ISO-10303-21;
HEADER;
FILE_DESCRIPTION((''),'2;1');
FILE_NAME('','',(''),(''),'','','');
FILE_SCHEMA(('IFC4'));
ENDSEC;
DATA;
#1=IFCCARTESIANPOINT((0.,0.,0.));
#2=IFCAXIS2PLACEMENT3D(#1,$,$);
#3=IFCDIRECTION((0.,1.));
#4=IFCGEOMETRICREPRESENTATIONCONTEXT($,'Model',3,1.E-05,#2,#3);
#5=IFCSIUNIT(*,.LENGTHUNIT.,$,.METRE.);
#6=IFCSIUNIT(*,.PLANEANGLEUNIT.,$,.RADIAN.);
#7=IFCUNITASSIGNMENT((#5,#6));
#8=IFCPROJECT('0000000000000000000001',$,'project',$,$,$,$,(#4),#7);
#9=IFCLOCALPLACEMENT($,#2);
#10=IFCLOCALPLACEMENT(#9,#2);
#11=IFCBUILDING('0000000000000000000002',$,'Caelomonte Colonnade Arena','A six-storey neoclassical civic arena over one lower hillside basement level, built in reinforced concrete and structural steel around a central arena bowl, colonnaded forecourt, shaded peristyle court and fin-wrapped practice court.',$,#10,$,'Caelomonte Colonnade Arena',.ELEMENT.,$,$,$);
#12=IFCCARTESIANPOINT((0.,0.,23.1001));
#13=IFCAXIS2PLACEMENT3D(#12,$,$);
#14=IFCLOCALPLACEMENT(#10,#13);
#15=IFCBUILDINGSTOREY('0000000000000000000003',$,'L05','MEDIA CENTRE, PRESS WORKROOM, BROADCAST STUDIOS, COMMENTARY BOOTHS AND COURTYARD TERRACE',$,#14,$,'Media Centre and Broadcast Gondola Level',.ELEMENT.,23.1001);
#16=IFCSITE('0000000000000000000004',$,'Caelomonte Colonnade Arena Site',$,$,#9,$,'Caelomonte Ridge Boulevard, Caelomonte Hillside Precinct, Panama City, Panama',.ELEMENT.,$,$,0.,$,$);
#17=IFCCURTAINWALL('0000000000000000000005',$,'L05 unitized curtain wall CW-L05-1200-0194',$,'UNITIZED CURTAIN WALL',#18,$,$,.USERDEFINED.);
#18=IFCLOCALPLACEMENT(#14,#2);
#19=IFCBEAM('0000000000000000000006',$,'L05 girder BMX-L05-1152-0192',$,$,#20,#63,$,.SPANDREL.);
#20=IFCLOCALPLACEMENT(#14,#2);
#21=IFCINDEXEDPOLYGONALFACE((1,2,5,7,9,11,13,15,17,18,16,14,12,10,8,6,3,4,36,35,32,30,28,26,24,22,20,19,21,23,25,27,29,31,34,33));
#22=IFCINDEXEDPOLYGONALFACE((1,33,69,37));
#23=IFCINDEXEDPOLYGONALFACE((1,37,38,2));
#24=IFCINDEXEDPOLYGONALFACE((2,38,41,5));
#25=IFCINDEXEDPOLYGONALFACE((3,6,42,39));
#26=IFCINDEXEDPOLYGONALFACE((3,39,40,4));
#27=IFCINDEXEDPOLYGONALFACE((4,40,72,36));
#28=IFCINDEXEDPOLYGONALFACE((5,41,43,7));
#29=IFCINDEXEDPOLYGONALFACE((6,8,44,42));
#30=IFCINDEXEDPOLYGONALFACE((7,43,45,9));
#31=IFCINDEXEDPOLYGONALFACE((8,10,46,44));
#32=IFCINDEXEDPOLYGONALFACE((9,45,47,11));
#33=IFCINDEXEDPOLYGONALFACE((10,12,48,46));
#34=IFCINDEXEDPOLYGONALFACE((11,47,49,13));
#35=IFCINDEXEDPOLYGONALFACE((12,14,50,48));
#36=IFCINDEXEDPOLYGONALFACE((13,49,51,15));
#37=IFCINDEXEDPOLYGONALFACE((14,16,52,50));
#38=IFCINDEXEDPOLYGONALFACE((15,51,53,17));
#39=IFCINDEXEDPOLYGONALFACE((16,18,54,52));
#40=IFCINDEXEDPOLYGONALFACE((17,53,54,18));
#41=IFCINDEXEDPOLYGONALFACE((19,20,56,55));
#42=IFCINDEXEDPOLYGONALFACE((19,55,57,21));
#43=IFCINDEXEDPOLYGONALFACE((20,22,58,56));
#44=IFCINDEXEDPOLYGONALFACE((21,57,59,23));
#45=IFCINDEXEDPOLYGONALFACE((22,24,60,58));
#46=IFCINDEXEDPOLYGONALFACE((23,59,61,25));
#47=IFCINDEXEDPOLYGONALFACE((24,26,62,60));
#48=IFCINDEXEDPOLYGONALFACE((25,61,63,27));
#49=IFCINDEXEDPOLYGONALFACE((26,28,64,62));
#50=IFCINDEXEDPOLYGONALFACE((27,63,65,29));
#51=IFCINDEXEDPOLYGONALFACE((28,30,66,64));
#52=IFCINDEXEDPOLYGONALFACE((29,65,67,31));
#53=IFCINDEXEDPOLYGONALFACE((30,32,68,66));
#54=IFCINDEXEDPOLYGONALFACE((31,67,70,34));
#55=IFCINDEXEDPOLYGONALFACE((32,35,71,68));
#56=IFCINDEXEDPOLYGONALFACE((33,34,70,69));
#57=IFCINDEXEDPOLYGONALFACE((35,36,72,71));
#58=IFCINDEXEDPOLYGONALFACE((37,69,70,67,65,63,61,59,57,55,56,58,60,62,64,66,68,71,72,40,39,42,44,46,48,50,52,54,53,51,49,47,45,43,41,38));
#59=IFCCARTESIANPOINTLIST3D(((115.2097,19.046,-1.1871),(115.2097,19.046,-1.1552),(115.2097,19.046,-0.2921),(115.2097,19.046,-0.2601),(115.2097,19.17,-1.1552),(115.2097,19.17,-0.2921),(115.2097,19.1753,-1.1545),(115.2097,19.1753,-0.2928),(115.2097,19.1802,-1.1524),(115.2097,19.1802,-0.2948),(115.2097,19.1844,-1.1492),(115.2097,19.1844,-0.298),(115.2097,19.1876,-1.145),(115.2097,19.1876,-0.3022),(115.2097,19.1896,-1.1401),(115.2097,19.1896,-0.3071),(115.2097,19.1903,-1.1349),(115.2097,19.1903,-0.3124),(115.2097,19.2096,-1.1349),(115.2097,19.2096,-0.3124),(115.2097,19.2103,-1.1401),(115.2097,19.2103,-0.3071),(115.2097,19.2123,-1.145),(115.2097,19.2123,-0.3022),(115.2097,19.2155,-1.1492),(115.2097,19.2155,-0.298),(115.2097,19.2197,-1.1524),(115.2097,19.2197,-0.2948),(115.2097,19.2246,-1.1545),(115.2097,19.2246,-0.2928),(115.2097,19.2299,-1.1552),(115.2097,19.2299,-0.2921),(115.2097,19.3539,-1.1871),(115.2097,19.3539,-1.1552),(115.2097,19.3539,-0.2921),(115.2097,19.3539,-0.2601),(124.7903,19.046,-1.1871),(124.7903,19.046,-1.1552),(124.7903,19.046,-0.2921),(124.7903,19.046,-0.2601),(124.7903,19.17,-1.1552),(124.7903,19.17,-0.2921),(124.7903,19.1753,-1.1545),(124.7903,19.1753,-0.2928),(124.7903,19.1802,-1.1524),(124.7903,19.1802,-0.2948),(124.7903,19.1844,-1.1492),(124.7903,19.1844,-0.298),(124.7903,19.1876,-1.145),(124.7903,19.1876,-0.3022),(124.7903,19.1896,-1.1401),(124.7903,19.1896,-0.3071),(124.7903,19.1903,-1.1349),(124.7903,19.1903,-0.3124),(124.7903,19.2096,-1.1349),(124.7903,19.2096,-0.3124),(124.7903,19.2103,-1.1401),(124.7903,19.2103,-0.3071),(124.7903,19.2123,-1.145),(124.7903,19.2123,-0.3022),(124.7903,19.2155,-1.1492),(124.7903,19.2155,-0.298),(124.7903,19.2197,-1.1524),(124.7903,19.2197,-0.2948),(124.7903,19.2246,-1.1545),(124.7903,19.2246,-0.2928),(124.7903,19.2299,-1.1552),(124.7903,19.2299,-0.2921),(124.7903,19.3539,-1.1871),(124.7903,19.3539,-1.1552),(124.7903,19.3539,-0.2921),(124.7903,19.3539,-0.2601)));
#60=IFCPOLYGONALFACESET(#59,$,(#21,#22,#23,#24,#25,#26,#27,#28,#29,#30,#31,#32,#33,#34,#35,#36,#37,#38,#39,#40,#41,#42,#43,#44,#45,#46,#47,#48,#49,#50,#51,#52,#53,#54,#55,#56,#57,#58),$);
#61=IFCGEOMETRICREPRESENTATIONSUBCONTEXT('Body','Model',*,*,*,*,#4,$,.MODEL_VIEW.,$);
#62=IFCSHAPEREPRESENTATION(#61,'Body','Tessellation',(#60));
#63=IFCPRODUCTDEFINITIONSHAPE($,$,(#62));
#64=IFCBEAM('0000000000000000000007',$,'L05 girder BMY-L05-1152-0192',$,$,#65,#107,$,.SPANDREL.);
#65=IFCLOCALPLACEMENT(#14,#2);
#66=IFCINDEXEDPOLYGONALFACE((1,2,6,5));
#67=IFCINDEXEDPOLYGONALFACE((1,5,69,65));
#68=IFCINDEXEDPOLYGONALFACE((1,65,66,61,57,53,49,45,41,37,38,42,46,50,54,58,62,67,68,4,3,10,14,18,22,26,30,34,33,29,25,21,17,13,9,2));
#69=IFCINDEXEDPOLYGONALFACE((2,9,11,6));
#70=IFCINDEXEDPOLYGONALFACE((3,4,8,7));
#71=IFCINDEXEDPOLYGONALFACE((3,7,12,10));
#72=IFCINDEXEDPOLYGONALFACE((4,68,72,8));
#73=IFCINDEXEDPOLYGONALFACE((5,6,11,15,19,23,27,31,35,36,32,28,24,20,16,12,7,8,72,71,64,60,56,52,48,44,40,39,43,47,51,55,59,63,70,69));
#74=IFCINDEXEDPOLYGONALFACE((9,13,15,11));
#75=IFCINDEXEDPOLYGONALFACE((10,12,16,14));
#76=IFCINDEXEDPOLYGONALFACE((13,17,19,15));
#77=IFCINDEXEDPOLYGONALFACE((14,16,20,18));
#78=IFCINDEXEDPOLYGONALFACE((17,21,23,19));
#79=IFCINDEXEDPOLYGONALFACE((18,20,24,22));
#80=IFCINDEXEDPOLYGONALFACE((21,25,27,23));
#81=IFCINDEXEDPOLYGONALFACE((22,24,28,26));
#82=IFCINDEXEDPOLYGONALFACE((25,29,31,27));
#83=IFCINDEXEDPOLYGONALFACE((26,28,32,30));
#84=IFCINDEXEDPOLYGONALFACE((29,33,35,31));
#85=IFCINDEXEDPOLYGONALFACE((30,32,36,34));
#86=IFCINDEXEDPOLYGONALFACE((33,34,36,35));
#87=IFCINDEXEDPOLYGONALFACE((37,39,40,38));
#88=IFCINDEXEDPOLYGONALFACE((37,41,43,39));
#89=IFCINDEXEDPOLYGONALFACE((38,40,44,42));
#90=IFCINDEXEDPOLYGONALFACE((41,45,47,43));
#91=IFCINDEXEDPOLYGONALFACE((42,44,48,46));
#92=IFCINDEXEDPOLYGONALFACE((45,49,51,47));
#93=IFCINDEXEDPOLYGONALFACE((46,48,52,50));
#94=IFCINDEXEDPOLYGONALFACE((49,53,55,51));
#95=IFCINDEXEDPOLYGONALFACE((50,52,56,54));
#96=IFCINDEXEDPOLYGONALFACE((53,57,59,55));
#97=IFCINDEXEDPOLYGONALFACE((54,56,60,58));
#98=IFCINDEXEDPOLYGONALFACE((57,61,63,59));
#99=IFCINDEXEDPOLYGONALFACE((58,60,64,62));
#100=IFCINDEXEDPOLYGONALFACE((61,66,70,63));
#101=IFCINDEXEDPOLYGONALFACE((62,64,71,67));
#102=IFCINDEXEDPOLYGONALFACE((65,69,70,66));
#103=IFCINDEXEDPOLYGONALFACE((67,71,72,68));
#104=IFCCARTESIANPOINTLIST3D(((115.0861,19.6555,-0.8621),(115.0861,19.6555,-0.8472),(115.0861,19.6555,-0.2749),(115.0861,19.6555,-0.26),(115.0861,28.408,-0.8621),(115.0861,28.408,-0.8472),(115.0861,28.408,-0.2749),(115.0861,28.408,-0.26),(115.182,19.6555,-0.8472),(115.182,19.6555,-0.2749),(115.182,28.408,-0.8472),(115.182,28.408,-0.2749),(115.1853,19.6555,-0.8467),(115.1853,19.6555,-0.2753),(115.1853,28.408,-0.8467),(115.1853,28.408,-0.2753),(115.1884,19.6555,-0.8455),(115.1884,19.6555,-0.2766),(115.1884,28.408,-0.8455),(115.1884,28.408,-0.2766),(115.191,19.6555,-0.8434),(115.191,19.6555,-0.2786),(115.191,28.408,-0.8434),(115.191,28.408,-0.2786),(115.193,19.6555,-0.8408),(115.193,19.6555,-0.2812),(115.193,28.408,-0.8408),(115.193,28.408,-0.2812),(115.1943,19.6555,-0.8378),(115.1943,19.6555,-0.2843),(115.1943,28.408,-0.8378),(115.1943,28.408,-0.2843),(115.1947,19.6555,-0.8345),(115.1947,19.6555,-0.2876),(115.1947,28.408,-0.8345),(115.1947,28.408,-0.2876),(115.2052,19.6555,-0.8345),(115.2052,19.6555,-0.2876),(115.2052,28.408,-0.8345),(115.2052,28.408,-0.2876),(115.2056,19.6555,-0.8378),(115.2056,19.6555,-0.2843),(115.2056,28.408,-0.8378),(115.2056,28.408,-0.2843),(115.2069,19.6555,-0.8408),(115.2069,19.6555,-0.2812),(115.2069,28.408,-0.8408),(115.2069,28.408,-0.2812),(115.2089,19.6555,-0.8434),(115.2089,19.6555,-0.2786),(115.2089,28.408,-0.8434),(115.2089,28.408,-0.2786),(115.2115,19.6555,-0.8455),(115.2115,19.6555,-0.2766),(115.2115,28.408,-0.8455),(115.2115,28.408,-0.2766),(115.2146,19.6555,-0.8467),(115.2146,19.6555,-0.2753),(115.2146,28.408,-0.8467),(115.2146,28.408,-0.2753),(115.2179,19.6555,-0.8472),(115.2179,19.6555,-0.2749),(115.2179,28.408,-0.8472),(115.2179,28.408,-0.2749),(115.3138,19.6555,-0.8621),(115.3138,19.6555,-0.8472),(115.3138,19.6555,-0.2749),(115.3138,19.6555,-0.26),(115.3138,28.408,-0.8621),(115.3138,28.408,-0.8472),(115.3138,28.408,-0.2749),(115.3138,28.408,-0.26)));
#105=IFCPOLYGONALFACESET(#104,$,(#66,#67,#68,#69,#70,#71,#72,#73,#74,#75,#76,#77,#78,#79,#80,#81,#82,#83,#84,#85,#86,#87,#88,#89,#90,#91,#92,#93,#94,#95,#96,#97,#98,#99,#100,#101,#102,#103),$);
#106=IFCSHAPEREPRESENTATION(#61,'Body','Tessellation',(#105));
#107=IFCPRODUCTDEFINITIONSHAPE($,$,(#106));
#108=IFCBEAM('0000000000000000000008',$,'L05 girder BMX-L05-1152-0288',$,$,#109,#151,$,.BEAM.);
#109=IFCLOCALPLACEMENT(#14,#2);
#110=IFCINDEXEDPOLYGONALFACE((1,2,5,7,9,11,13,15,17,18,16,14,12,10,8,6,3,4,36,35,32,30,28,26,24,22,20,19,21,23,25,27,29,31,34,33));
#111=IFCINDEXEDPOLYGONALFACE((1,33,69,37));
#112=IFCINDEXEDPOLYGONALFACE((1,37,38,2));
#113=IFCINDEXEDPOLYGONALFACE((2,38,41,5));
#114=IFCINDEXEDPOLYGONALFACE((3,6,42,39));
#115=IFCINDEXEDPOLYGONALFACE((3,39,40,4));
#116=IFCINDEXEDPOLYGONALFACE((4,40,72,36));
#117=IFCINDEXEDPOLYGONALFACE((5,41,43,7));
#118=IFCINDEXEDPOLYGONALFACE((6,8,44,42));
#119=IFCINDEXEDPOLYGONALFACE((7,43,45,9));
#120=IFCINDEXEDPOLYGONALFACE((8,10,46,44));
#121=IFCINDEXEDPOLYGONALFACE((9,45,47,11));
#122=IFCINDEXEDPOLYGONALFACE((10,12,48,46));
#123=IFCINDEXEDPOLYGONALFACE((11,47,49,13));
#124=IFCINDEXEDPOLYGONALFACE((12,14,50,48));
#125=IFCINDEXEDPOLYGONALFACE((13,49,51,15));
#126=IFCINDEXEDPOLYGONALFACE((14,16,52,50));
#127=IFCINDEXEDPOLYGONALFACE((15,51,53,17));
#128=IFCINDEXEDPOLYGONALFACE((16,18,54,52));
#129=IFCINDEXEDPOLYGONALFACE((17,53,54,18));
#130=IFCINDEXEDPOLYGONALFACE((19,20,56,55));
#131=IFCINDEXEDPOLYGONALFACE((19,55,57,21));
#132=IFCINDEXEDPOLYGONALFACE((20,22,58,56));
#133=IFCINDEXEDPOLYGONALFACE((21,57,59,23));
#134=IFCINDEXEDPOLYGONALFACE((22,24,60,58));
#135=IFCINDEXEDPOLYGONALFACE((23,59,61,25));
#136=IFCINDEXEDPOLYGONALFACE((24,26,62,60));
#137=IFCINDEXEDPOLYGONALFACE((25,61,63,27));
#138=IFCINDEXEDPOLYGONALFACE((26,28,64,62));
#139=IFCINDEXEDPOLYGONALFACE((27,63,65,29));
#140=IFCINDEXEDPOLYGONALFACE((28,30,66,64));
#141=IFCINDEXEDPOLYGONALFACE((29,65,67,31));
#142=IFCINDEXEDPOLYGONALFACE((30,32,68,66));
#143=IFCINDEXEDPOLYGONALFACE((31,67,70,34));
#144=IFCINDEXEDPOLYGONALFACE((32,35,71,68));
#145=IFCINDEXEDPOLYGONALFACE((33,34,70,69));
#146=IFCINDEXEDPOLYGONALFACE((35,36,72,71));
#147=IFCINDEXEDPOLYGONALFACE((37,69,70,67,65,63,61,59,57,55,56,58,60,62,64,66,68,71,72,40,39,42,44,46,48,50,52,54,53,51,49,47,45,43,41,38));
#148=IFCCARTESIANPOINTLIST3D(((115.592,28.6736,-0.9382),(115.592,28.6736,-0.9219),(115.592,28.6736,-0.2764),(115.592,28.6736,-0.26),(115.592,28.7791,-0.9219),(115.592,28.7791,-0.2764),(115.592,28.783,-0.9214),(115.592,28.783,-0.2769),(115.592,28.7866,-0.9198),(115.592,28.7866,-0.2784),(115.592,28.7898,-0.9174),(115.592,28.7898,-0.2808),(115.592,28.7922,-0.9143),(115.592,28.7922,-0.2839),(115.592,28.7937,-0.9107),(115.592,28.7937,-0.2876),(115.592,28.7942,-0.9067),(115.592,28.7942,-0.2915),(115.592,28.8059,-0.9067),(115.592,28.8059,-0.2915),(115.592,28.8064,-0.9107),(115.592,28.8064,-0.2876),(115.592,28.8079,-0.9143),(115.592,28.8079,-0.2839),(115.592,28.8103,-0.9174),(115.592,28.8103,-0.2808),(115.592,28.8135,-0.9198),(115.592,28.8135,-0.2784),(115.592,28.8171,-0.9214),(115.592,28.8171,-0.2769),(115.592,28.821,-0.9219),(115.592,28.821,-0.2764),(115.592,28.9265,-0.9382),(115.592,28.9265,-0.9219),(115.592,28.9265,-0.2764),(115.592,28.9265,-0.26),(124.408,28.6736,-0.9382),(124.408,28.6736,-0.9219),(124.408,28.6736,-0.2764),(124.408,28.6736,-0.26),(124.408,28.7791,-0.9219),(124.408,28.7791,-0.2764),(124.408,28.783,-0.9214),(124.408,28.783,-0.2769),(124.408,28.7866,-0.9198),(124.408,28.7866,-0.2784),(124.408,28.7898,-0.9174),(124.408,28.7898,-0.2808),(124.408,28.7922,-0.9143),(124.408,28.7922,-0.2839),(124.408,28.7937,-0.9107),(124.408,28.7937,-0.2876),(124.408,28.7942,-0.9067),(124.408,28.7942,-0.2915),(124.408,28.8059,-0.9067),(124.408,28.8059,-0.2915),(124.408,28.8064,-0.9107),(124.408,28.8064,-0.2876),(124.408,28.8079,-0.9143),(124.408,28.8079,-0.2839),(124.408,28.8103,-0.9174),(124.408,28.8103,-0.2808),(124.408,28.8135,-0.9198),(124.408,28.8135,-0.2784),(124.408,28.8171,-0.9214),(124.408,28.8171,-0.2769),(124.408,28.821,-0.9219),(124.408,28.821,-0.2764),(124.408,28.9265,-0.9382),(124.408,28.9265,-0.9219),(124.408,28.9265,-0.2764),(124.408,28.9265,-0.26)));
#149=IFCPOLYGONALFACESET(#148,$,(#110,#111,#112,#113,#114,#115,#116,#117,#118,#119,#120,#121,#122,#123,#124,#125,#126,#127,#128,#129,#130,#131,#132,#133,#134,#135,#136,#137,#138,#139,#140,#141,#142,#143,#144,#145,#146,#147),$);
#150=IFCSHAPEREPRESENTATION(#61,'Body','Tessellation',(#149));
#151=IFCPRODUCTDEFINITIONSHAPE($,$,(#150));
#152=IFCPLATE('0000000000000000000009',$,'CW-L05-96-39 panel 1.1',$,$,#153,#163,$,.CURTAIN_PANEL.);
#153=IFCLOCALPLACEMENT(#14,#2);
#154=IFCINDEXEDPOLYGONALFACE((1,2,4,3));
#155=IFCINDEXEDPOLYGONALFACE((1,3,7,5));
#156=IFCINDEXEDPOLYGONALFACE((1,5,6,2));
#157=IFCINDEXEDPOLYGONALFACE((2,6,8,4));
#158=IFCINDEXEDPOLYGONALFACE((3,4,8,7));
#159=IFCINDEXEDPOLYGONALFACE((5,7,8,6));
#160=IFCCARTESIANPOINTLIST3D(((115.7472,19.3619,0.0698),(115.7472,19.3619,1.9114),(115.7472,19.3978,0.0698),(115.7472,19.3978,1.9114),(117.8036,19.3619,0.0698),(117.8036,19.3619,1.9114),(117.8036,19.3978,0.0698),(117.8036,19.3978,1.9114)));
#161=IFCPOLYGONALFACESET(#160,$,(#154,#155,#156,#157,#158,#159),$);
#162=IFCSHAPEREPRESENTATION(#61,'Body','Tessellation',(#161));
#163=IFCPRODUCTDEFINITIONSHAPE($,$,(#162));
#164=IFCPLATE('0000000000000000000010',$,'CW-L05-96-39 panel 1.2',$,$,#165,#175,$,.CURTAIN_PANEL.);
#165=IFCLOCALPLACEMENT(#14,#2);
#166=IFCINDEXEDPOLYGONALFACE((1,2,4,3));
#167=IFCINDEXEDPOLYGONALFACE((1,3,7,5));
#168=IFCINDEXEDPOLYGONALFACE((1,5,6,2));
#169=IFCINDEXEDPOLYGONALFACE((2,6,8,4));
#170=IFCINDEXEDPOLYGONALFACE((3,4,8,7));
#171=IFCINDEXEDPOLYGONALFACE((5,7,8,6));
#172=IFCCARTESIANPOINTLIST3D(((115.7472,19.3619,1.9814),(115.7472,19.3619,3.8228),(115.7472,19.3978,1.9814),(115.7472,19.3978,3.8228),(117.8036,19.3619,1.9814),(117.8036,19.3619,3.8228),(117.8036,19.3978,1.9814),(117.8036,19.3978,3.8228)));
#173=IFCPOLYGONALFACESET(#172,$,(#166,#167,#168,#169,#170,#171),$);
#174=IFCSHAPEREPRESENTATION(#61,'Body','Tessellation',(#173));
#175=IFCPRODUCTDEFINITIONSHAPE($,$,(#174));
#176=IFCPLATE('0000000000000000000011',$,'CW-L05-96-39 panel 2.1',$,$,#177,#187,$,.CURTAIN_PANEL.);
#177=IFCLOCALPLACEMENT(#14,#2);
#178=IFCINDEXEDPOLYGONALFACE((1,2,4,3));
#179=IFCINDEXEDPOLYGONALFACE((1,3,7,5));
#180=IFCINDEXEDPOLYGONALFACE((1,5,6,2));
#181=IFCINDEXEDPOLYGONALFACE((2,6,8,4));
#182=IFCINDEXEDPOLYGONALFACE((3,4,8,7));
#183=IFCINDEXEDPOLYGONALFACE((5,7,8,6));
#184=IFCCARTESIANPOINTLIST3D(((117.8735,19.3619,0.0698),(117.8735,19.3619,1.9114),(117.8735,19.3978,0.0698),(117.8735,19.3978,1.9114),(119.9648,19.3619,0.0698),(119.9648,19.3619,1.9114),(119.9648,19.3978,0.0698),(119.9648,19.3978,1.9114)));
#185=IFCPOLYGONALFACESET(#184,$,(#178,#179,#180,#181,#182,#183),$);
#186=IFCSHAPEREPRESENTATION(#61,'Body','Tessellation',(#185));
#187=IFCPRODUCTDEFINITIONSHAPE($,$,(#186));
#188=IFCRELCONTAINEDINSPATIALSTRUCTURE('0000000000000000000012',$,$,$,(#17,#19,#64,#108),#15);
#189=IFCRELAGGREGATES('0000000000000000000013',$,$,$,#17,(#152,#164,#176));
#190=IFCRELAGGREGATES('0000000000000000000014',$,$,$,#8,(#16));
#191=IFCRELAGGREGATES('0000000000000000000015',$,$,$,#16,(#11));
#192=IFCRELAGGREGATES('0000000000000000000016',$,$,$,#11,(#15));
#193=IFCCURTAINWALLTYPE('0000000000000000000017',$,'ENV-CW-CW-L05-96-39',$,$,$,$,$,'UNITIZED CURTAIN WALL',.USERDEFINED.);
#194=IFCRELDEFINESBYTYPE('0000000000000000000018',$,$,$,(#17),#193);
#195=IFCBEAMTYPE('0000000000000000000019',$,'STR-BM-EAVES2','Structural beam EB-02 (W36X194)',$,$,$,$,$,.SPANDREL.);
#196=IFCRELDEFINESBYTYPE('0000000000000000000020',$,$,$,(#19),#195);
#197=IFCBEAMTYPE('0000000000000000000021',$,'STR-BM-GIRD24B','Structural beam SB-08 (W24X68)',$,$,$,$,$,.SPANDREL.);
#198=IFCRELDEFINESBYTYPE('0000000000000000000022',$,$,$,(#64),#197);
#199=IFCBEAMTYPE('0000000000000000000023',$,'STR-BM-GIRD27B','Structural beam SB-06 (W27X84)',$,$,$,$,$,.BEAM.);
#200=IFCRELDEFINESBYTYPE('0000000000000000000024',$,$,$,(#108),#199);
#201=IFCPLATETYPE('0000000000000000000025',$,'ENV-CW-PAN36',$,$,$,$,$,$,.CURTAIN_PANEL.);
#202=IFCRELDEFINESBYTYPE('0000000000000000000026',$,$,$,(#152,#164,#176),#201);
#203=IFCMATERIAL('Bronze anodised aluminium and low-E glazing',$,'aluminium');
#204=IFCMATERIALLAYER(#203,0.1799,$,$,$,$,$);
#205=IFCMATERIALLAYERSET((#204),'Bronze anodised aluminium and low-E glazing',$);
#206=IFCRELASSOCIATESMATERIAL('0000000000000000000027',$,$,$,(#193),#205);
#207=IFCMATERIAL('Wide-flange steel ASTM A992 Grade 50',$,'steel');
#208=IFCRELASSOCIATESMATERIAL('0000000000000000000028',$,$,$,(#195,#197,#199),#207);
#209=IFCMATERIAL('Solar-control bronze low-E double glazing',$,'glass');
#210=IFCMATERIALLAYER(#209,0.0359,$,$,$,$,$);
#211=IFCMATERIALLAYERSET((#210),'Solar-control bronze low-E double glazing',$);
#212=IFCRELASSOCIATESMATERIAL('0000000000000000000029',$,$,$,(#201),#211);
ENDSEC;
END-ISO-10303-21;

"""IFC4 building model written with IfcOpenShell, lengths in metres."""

from ifc_helpers import new_model, si_unit, direction, frame, origin, origin_2d, place, context, subcontext, project, spatial, rectangle, i_section, extrude, material, layer, layer_set, material_profile, profile_set, type_object, element, aggregate, save


model = new_model("IFC4")

# Units and contexts
model_context = context("Model", 3, precision=1e-05, world=origin(), true_north=direction((0.0, 1.0)))
body_context = subcontext(model_context, "Body", "Model", "MODEL_VIEW")
ifc_project = project(units=[si_unit("LENGTHUNIT", "METRE"), si_unit("PLANEANGLEUNIT", "RADIAN")], contexts=[model_context])

# Site, building, storey
site_placement = place(None, origin())
site = spatial("IfcSite", under=ifc_project, at=site_placement, Name="Caelomonte Colonnade Arena Site", LongName="Caelomonte Ridge Boulevard, Caelomonte Hillside Precinct, Panama City, Panama", CompositionType="ELEMENT", RefElevation=0.0)
building_placement = place(site_placement, origin())
building = spatial("IfcBuilding", under=site, at=building_placement, Name="Caelomonte Colonnade Arena", Description="A six-storey neoclassical civic arena over one lower hillside basement level, built in reinforced concrete and structural steel around a central arena bowl, colonnaded forecourt, shaded peristyle court and fin-wrapped practice court.", LongName="Caelomonte Colonnade Arena", CompositionType="ELEMENT")
storey_placement = place(building_placement, frame((0.0, 0.0, 23.1001)))
storey = spatial("IfcBuildingStorey", under=building, at=storey_placement, Name="L05", Description="MEDIA CENTRE, PRESS WORKROOM, BROADCAST STUDIOS, COMMENTARY BOOTHS AND COURTYARD TERRACE", LongName="Media Centre and Broadcast Gondola Level", CompositionType="ELEMENT", Elevation=23.1001)

# Shared definitions
ifc_material_1 = material(Name="Wide-flange steel ASTM A992 Grade 50", Category="steel")

# Shared definitions
ifc_material_2 = material(Name="Bronze anodised aluminium and low-E glazing", Category="aluminium")
ifc_layer_1 = layer(ifc_material_2, 0.1799)
ifc_layer_set_1 = layer_set([ifc_layer_1], Name="Bronze anodised aluminium and low-E glazing")
curtain_wall_type = type_object("IfcCurtainWallType", Name="ENV-CW-CW-L05-96-39", ElementType="UNITIZED CURTAIN WALL", PredefinedType="USERDEFINED", material=ifc_layer_set_1)

# Curtain wall
curtain_wall_1_placement = place(storey_placement, origin())
curtain_wall_1 = element("IfcCurtainWall", 1, at=curtain_wall_1_placement, inside=storey, type_object=curtain_wall_type, Name="L05 unitized curtain wall CW-L05-1200-0194", ObjectType="UNITIZED CURTAIN WALL", PredefinedType="USERDEFINED")

# Beams
ifc_material_profile_1 = material_profile(ifc_material_1, i_section(OverallWidth=0.3079, OverallDepth=0.927, WebThickness=0.0193, FlangeThickness=0.032, FilletRadius=0.0203, at=origin_2d()), Name="W36X194")
ifc_profile_set_1 = profile_set([ifc_material_profile_1], Name="Wide-flange steel ASTM A992 Grade 50")
beam_type_1 = type_object("IfcBeamType", Name="STR-BM-EAVES2", Description="Structural beam EB-02 (W36X194)", PredefinedType="SPANDREL", material=ifc_profile_set_1)
beam_1_placement = place(storey_placement, frame((115.2097, 19.2, -0.7236), z_axis=(1.0, 0.0, 0.0), x_axis=(0.0, 1.0, 0.0)))
element("IfcBeam", 2, at=beam_1_placement, inside=storey, type_object=beam_type_1, Name="L05 girder BMX-L05-1152-0192", PredefinedType="SPANDREL", context=body_context, shape_type="SweptSolid", body=[
    extrude(i_section(OverallWidth=0.3079, OverallDepth=0.927, WebThickness=0.0193, FlangeThickness=0.032, FilletRadius=0.0203, at=origin_2d()), origin(), (0.0, 0.0, 1.0), 9.5806),
])
ifc_material_profile_2 = material_profile(ifc_material_1, i_section(OverallWidth=0.2278, OverallDepth=0.6021, WebThickness=0.0105, FlangeThickness=0.0149, FilletRadius=0.0127, at=origin_2d()), Name="W24X68")
ifc_profile_set_2 = profile_set([ifc_material_profile_2], Name="Wide-flange steel ASTM A992 Grade 50")
beam_type_2 = type_object("IfcBeamType", Name="STR-BM-GIRD24B", Description="Structural beam SB-08 (W24X68)", PredefinedType="SPANDREL", material=ifc_profile_set_2)
beam_2_placement = place(storey_placement, frame((115.2, 19.6555, -0.561), z_axis=(0.0, 1.0, 0.0), x_axis=(-1.0, 0.0, 0.0)))
element("IfcBeam", 3, at=beam_2_placement, inside=storey, type_object=beam_type_2, Name="L05 girder BMY-L05-1152-0192", PredefinedType="SPANDREL", context=body_context, shape_type="SweptSolid", body=[
    extrude(i_section(OverallWidth=0.2278, OverallDepth=0.6021, WebThickness=0.0105, FlangeThickness=0.0149, FilletRadius=0.0127, at=origin_2d()), origin(), (0.0, 0.0, 1.0), 8.7524),
])
ifc_material_profile_3 = material_profile(ifc_material_1, i_section(OverallWidth=0.2529, OverallDepth=0.6782, WebThickness=0.0117, FlangeThickness=0.0164, FilletRadius=0.0151, at=origin_2d()), Name="W27X84")
ifc_profile_set_3 = profile_set([ifc_material_profile_3], Name="Wide-flange steel ASTM A992 Grade 50")
beam_type_3 = type_object("IfcBeamType", Name="STR-BM-GIRD27B", Description="Structural beam SB-06 (W27X84)", PredefinedType="BEAM", material=ifc_profile_set_3)
beam_3_placement = place(storey_placement, frame((115.592, 28.8, -0.5991), z_axis=(1.0, 0.0, 0.0), x_axis=(0.0, 1.0, 0.0)))
element("IfcBeam", 4, at=beam_3_placement, inside=storey, type_object=beam_type_3, Name="L05 girder BMX-L05-1152-0288", PredefinedType="BEAM", context=body_context, shape_type="SweptSolid", body=[
    extrude(i_section(OverallWidth=0.2529, OverallDepth=0.6782, WebThickness=0.0117, FlangeThickness=0.0164, FilletRadius=0.0151, at=origin_2d()), origin(), (0.0, 0.0, 1.0), 8.8159),
])

# Plates
ifc_material_3 = material(Name="Solar-control bronze low-E double glazing", Category="glass")
ifc_layer_2 = layer(ifc_material_3, 0.0359)
ifc_layer_set_2 = layer_set([ifc_layer_2], Name="Solar-control bronze low-E double glazing")
plate_type = type_object("IfcPlateType", Name="ENV-CW-PAN36", PredefinedType="CURTAIN_PANEL", material=ifc_layer_set_2)
plate_1_placement = place(storey_placement, frame((116.7754, 19.3799, 0.0698), z_axis=(0.0, 0.0, 1.0), x_axis=(1.0, 0.0, 0.0)))
plate_1 = element("IfcPlate", 5, at=plate_1_placement, type_object=plate_type, Name="CW-L05-96-39 panel 1.1", PredefinedType="CURTAIN_PANEL", context=body_context, shape_type="SweptSolid", body=[
    extrude(rectangle(XDim=2.0564, YDim=0.0359, at=origin_2d()), origin(), (0.0, 0.0, 1.0), 1.8416),
])
plate_2_placement = place(storey_placement, frame((116.7754, 19.3799, 1.9814), z_axis=(0.0, 0.0, 1.0), x_axis=(1.0, 0.0, 0.0)))
plate_2 = element("IfcPlate", 6, at=plate_2_placement, type_object=plate_type, Name="CW-L05-96-39 panel 1.2", PredefinedType="CURTAIN_PANEL", context=body_context, shape_type="SweptSolid", body=[
    extrude(rectangle(XDim=2.0564, YDim=0.0359, at=origin_2d()), origin(), (0.0, 0.0, 1.0), 1.8413),
])
plate_3_placement = place(storey_placement, frame((118.9192, 19.3799, 0.0698), z_axis=(0.0, 0.0, 1.0), x_axis=(1.0, 0.0, 0.0)))
plate_3 = element("IfcPlate", 7, at=plate_3_placement, type_object=plate_type, Name="CW-L05-96-39 panel 2.1", PredefinedType="CURTAIN_PANEL", context=body_context, shape_type="SweptSolid", body=[
    extrude(rectangle(XDim=2.0913, YDim=0.0359, at=origin_2d()), origin(), (0.0, 0.0, 1.0), 1.8416),
])
aggregate(curtain_wall_1, [plate_1, plate_2, plate_3])

save(model, "model.ifc")
